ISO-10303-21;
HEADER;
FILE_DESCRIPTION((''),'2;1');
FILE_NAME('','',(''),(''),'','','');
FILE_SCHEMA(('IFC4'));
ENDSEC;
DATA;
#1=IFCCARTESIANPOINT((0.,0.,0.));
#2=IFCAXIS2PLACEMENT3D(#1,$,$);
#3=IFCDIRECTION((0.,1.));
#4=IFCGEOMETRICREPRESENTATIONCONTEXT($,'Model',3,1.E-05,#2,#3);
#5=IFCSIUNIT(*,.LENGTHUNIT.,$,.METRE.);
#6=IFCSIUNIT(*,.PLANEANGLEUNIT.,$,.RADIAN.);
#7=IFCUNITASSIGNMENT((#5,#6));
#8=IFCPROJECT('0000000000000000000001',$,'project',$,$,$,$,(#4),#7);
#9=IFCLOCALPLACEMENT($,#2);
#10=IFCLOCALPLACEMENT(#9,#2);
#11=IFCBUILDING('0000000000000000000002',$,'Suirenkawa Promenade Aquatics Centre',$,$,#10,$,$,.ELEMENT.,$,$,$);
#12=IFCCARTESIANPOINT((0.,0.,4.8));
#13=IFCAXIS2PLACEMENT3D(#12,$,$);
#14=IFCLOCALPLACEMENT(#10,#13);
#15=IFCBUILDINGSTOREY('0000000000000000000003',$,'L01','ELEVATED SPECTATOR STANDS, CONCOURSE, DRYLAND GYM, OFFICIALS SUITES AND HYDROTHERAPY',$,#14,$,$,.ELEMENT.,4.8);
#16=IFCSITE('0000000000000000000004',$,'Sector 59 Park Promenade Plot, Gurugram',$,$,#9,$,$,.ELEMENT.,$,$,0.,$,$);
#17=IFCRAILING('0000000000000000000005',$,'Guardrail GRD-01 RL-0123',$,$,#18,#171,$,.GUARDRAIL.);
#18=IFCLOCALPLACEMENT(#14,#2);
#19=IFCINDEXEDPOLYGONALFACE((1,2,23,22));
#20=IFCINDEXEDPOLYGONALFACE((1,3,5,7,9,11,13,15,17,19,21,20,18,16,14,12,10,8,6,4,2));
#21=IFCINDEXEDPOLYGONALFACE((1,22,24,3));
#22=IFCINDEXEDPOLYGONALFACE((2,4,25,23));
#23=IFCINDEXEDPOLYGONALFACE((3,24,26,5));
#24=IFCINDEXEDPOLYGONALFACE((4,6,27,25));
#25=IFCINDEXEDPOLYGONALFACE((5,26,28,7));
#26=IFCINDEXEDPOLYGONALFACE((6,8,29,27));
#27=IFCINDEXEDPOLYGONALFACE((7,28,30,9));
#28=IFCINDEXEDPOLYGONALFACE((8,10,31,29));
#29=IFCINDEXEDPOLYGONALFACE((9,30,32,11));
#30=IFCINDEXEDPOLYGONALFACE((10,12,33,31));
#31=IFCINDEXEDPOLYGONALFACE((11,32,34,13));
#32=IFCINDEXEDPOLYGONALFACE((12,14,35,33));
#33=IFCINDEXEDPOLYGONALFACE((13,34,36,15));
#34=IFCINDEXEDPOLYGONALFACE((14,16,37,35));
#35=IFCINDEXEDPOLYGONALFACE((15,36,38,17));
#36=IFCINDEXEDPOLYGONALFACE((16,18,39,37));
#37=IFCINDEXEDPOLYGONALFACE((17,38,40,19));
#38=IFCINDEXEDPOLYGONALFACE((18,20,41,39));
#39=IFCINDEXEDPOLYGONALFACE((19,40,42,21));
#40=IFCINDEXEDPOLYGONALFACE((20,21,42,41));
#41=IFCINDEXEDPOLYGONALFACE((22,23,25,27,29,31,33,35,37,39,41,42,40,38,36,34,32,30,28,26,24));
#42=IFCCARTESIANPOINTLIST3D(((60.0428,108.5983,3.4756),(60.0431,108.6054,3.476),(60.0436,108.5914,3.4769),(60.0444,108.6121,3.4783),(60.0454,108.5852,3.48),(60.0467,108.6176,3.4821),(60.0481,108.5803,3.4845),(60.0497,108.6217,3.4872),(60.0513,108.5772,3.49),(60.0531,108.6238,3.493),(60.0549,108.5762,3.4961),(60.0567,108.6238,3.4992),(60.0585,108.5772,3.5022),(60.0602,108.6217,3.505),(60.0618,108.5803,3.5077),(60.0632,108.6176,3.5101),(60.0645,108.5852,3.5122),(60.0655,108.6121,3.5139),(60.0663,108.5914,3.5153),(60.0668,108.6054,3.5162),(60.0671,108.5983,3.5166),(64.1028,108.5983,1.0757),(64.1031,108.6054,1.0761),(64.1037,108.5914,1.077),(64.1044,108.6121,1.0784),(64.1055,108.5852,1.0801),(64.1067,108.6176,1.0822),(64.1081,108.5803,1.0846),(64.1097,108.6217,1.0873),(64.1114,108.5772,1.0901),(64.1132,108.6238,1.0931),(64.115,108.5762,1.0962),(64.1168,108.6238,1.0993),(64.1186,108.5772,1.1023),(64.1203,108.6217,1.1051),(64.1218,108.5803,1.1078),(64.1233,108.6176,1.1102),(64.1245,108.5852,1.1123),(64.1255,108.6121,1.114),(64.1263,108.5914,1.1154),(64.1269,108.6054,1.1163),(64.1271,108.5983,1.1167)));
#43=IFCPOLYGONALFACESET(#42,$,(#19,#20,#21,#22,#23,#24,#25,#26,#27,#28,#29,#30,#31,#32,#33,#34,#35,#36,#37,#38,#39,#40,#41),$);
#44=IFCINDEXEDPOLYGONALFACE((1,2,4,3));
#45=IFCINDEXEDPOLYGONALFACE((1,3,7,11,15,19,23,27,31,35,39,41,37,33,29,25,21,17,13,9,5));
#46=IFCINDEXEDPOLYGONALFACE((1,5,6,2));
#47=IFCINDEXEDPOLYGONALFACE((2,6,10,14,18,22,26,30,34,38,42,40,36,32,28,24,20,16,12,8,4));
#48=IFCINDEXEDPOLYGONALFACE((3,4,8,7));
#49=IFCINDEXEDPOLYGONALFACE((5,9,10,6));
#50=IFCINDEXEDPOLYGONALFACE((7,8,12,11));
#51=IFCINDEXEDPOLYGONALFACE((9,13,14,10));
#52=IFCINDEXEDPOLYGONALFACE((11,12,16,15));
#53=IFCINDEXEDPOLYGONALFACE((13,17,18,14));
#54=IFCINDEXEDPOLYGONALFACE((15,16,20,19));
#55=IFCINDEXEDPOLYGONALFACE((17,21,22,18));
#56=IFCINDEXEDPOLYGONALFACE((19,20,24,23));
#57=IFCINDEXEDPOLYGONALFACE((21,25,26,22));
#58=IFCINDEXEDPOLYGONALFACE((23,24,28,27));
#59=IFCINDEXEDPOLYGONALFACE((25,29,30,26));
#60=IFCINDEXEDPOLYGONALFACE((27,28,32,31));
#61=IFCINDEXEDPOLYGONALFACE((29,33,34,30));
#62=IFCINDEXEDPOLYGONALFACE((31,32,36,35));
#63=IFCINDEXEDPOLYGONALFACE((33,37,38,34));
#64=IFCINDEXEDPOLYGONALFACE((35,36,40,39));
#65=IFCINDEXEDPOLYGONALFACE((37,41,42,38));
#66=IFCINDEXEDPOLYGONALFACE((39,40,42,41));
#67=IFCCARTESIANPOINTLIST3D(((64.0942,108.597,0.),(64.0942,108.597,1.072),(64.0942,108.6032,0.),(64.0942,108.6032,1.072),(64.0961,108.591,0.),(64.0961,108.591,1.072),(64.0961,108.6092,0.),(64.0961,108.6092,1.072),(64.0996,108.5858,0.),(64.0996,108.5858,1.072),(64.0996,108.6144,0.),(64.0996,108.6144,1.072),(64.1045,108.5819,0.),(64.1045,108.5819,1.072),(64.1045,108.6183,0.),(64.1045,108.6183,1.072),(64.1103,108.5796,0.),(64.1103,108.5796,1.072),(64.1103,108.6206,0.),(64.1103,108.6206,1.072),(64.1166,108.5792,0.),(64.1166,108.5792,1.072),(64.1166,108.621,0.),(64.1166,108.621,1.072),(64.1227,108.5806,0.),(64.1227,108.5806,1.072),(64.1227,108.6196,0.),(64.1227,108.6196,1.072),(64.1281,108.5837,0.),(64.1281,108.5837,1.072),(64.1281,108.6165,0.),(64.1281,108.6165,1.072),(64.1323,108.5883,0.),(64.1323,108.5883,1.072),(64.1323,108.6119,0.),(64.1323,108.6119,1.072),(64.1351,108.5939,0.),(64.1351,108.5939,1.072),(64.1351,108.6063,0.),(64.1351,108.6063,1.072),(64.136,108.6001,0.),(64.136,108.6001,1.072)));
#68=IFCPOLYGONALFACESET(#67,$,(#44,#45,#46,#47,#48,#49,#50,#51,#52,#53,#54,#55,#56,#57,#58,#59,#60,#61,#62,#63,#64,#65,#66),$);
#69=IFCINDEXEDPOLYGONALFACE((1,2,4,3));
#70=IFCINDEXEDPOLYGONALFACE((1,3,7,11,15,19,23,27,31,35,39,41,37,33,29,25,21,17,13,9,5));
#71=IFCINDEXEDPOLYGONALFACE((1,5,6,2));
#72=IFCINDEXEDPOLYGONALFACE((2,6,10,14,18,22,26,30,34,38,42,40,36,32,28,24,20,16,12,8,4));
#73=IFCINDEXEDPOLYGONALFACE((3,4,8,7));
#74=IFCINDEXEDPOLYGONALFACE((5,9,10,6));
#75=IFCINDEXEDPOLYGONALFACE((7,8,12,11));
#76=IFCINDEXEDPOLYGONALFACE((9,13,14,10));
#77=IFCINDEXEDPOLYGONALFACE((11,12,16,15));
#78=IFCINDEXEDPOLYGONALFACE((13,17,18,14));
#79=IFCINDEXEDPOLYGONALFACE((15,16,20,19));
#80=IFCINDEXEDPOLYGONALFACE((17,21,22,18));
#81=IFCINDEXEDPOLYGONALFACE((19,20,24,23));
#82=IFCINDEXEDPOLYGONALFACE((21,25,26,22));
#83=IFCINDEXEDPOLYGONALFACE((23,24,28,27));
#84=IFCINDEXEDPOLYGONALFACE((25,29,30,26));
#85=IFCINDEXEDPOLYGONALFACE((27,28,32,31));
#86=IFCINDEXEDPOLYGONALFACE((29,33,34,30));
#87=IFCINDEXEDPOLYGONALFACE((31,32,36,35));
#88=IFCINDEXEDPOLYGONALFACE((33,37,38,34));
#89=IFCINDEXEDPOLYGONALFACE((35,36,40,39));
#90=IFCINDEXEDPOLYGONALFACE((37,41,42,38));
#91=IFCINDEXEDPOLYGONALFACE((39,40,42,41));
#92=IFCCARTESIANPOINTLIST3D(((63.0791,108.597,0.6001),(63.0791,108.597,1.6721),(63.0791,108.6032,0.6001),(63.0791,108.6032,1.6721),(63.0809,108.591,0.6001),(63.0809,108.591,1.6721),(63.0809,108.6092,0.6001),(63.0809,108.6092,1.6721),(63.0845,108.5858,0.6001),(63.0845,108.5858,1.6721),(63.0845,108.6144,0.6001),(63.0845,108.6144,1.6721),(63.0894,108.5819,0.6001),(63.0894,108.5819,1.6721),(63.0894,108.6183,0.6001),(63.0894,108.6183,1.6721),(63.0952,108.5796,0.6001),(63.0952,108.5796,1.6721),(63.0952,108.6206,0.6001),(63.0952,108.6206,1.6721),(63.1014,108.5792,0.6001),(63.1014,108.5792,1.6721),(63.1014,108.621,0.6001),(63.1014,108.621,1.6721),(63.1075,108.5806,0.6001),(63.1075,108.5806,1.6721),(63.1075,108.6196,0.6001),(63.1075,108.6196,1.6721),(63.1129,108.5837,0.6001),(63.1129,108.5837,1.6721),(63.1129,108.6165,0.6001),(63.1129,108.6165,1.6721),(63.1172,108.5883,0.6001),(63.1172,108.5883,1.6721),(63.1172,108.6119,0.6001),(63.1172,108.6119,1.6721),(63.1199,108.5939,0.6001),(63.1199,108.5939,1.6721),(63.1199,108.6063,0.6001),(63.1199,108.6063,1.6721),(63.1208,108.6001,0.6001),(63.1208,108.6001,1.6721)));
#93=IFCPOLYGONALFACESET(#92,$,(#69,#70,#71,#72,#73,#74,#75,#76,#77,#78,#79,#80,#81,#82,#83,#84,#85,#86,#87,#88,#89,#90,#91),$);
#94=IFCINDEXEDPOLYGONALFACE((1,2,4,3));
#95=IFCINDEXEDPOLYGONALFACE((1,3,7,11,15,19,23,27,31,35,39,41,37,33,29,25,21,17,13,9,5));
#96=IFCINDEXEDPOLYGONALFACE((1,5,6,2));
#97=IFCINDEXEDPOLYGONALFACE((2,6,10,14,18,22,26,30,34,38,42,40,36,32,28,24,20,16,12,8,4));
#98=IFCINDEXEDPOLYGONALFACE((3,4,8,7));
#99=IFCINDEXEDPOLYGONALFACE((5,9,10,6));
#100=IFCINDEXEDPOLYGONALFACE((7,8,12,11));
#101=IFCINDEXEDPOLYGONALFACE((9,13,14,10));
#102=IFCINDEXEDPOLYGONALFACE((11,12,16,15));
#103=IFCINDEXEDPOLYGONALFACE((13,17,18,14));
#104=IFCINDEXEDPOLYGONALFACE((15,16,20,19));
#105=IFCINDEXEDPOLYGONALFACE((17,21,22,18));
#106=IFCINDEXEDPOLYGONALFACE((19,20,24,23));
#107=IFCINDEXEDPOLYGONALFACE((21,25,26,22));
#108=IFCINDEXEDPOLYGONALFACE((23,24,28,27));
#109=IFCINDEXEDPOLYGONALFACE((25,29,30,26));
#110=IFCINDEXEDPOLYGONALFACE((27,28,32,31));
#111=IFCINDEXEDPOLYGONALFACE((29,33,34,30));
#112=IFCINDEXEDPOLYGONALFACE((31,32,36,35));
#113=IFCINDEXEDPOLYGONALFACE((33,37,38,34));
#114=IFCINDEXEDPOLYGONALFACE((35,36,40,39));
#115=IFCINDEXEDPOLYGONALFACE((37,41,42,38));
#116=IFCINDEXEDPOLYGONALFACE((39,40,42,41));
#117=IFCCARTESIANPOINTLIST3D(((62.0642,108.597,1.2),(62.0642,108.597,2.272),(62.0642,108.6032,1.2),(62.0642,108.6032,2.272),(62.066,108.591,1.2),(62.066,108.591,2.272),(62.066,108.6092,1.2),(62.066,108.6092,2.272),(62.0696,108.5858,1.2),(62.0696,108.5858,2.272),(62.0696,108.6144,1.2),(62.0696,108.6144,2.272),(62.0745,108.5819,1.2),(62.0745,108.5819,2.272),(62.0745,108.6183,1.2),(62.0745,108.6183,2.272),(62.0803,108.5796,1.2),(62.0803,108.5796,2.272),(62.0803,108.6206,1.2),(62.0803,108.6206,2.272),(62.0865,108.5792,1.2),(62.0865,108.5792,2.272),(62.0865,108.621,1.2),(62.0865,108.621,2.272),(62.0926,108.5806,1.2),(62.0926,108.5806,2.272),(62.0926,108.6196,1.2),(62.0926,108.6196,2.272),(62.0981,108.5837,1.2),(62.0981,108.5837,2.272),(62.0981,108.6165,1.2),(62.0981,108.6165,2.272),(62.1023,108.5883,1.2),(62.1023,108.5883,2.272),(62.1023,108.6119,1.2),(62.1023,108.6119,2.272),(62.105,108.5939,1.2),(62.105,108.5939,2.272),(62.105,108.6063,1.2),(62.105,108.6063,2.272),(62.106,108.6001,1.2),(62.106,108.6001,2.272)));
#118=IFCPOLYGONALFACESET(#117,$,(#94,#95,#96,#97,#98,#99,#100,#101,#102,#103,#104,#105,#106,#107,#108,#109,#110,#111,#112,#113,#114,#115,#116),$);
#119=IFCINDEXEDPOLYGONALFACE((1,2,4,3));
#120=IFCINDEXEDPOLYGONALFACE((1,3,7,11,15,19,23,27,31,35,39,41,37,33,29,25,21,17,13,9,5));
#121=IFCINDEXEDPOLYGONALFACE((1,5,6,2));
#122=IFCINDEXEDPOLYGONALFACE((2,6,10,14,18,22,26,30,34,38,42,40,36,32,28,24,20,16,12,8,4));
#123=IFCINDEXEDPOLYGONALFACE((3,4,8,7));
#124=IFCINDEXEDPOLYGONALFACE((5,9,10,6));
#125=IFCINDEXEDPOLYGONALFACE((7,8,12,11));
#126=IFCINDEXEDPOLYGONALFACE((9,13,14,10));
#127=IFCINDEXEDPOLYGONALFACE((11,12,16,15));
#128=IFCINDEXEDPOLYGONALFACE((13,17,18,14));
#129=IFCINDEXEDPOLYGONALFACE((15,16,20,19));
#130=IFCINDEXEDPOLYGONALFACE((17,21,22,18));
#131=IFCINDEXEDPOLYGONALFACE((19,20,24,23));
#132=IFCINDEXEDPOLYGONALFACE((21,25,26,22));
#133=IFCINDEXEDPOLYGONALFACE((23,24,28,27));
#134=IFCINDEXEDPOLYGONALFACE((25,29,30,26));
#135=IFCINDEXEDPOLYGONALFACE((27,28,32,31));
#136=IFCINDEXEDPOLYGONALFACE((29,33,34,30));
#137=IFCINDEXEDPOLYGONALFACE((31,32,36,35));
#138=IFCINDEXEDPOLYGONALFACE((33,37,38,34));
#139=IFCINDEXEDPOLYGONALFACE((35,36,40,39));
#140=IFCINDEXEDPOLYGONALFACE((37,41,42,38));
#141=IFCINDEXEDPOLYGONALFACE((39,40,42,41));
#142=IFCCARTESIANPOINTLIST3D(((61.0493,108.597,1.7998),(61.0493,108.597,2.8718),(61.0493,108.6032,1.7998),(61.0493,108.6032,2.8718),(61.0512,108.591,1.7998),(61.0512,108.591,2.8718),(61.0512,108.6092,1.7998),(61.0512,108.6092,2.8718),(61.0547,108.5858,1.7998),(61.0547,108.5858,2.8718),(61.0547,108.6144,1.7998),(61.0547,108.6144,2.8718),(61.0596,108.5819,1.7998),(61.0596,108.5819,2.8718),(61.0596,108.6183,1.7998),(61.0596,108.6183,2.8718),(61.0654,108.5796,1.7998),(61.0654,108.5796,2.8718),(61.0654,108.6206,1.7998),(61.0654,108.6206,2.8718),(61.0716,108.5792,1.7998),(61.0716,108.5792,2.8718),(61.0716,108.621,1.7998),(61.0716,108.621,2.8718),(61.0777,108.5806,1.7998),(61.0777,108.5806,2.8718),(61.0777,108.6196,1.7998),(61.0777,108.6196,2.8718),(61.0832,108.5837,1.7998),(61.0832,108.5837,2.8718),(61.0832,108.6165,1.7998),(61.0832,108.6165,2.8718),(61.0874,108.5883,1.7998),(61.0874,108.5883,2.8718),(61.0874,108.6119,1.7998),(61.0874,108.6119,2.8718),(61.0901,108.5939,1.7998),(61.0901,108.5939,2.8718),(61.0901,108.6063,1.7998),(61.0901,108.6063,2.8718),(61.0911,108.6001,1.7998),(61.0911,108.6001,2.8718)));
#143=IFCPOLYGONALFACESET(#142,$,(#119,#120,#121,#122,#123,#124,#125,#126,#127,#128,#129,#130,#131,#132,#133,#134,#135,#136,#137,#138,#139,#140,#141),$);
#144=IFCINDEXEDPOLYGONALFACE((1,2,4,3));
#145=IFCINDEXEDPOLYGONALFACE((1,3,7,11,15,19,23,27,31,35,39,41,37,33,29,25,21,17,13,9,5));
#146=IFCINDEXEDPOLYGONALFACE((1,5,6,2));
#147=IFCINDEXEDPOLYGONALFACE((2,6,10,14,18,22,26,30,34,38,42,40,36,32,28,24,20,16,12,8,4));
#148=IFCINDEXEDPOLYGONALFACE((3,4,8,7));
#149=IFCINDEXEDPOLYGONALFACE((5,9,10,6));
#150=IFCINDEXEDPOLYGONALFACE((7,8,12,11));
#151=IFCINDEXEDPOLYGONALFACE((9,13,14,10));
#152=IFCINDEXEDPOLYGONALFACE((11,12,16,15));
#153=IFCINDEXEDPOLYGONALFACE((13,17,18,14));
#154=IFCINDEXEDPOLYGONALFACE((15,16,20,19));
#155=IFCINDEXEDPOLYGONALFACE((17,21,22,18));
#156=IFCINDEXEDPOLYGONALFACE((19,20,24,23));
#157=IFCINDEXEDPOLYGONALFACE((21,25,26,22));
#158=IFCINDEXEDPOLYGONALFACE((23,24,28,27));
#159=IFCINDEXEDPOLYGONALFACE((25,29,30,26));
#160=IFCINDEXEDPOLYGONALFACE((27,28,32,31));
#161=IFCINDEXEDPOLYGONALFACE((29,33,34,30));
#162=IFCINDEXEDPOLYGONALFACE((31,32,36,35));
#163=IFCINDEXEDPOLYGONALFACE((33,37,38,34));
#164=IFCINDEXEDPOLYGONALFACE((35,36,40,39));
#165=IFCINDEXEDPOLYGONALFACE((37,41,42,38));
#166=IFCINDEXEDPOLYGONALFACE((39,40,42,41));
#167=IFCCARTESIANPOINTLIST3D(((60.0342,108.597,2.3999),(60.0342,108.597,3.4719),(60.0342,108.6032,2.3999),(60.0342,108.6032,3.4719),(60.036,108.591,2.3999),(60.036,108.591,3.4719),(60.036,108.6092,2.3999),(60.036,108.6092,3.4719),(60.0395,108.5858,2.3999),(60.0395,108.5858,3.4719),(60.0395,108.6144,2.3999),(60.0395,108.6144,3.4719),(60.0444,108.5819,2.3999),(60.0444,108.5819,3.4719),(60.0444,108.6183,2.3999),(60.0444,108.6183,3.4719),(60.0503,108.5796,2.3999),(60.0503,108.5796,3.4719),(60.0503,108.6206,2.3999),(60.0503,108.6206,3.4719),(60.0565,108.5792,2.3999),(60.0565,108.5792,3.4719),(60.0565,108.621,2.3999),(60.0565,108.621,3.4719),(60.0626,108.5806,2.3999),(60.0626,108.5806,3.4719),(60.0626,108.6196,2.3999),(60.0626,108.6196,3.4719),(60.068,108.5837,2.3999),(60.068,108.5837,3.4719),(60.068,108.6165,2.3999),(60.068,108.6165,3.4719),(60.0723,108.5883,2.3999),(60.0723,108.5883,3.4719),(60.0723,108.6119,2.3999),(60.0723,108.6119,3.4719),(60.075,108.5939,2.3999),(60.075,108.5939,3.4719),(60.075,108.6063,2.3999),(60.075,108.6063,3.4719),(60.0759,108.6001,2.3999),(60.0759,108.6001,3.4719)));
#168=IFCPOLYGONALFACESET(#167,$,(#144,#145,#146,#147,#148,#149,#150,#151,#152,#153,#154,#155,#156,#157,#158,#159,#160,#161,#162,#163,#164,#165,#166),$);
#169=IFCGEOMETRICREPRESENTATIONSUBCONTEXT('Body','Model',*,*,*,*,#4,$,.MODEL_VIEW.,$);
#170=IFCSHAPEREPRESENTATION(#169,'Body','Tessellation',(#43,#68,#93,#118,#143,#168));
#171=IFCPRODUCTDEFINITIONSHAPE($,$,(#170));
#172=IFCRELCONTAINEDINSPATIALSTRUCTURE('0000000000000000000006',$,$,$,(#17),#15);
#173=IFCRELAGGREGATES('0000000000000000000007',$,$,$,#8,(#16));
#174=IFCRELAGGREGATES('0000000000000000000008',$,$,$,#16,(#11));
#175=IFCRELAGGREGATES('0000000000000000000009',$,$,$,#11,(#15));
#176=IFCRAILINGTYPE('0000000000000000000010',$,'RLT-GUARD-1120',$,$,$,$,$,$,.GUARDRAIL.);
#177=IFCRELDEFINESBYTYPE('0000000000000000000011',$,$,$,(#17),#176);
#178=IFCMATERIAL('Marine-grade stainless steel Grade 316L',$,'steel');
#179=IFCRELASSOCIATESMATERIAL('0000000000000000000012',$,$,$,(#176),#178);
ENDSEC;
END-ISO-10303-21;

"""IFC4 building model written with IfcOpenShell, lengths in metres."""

from ifc_helpers import new_model, si_unit, direction, frame, origin, origin_2d, place, context, subcontext, project, spatial, circle, extrude, material, type_object, element, save


model = new_model("IFC4")

# Units and contexts
model_context = context("Model", 3, precision=1e-05, world=origin(), true_north=direction((0.0, 1.0)))
body_context = subcontext(model_context, "Body", "Model", "MODEL_VIEW")
ifc_project = project(units=[si_unit("LENGTHUNIT", "METRE"), si_unit("PLANEANGLEUNIT", "RADIAN")], contexts=[model_context])

# Site, building, storey
site_placement = place(None, origin())
site = spatial("IfcSite", under=ifc_project, at=site_placement, Name="Sector 59 Park Promenade Plot, Gurugram", CompositionType="ELEMENT", RefElevation=0.0)
building_placement = place(site_placement, origin())
building = spatial("IfcBuilding", under=site, at=building_placement, Name="Suirenkawa Promenade Aquatics Centre", CompositionType="ELEMENT")
storey_placement = place(building_placement, frame((0.0, 0.0, 4.8)))
storey = spatial("IfcBuildingStorey", under=building, at=storey_placement, Name="L01", Description="ELEVATED SPECTATOR STANDS, CONCOURSE, DRYLAND GYM, OFFICIALS SUITES AND HYDROTHERAPY", CompositionType="ELEMENT", Elevation=4.8)

# Railing
ifc_material_1 = material(Name="Marine-grade stainless steel Grade 316L", Category="steel")
railing_type_1 = type_object("IfcRailingType", Name="RLT-GUARD-1120", PredefinedType="GUARDRAIL", material=ifc_material_1)
for number, where, name in (
    (1, (64.115, 108.6001, 0.0), "Guardrail GRD-01 RL-0123"),
):
    element("IfcRailing", number, at=place(storey_placement, frame(where)), inside=storey, type_object=railing_type_1, Name=name, PredefinedType="GUARDRAIL", context=body_context, shape_type="SweptSolid", body=[
        extrude(circle(Radius=0.0239, at=origin_2d()), frame((0.0, 0.0, 1.0962), z_axis=(-0.860854, 0.0, 0.508851), x_axis=(0.0, -1.0, 0.0)), (0.0, 0.0, 1.0), 4.7163),
        extrude(circle(Radius=0.021, at=origin_2d()), origin(), (0.0, 0.0, 1.0), 1.072),
        extrude(circle(Radius=0.021, at=origin_2d()), frame((-1.0151, 0.0, 0.6001)), (0.0, 0.0, 1.0), 1.072),
        extrude(circle(Radius=0.021, at=origin_2d()), frame((-2.03, 0.0, 1.2)), (0.0, 0.0, 1.0), 1.072),
        extrude(circle(Radius=0.021, at=origin_2d()), frame((-3.0449, 0.0, 1.7998)), (0.0, 0.0, 1.0), 1.072),
        extrude(circle(Radius=0.021, at=origin_2d()), frame((-4.0601, 0.0, 2.3999)), (0.0, 0.0, 1.0), 1.072),
    ])

save(model, "model.ifc")
